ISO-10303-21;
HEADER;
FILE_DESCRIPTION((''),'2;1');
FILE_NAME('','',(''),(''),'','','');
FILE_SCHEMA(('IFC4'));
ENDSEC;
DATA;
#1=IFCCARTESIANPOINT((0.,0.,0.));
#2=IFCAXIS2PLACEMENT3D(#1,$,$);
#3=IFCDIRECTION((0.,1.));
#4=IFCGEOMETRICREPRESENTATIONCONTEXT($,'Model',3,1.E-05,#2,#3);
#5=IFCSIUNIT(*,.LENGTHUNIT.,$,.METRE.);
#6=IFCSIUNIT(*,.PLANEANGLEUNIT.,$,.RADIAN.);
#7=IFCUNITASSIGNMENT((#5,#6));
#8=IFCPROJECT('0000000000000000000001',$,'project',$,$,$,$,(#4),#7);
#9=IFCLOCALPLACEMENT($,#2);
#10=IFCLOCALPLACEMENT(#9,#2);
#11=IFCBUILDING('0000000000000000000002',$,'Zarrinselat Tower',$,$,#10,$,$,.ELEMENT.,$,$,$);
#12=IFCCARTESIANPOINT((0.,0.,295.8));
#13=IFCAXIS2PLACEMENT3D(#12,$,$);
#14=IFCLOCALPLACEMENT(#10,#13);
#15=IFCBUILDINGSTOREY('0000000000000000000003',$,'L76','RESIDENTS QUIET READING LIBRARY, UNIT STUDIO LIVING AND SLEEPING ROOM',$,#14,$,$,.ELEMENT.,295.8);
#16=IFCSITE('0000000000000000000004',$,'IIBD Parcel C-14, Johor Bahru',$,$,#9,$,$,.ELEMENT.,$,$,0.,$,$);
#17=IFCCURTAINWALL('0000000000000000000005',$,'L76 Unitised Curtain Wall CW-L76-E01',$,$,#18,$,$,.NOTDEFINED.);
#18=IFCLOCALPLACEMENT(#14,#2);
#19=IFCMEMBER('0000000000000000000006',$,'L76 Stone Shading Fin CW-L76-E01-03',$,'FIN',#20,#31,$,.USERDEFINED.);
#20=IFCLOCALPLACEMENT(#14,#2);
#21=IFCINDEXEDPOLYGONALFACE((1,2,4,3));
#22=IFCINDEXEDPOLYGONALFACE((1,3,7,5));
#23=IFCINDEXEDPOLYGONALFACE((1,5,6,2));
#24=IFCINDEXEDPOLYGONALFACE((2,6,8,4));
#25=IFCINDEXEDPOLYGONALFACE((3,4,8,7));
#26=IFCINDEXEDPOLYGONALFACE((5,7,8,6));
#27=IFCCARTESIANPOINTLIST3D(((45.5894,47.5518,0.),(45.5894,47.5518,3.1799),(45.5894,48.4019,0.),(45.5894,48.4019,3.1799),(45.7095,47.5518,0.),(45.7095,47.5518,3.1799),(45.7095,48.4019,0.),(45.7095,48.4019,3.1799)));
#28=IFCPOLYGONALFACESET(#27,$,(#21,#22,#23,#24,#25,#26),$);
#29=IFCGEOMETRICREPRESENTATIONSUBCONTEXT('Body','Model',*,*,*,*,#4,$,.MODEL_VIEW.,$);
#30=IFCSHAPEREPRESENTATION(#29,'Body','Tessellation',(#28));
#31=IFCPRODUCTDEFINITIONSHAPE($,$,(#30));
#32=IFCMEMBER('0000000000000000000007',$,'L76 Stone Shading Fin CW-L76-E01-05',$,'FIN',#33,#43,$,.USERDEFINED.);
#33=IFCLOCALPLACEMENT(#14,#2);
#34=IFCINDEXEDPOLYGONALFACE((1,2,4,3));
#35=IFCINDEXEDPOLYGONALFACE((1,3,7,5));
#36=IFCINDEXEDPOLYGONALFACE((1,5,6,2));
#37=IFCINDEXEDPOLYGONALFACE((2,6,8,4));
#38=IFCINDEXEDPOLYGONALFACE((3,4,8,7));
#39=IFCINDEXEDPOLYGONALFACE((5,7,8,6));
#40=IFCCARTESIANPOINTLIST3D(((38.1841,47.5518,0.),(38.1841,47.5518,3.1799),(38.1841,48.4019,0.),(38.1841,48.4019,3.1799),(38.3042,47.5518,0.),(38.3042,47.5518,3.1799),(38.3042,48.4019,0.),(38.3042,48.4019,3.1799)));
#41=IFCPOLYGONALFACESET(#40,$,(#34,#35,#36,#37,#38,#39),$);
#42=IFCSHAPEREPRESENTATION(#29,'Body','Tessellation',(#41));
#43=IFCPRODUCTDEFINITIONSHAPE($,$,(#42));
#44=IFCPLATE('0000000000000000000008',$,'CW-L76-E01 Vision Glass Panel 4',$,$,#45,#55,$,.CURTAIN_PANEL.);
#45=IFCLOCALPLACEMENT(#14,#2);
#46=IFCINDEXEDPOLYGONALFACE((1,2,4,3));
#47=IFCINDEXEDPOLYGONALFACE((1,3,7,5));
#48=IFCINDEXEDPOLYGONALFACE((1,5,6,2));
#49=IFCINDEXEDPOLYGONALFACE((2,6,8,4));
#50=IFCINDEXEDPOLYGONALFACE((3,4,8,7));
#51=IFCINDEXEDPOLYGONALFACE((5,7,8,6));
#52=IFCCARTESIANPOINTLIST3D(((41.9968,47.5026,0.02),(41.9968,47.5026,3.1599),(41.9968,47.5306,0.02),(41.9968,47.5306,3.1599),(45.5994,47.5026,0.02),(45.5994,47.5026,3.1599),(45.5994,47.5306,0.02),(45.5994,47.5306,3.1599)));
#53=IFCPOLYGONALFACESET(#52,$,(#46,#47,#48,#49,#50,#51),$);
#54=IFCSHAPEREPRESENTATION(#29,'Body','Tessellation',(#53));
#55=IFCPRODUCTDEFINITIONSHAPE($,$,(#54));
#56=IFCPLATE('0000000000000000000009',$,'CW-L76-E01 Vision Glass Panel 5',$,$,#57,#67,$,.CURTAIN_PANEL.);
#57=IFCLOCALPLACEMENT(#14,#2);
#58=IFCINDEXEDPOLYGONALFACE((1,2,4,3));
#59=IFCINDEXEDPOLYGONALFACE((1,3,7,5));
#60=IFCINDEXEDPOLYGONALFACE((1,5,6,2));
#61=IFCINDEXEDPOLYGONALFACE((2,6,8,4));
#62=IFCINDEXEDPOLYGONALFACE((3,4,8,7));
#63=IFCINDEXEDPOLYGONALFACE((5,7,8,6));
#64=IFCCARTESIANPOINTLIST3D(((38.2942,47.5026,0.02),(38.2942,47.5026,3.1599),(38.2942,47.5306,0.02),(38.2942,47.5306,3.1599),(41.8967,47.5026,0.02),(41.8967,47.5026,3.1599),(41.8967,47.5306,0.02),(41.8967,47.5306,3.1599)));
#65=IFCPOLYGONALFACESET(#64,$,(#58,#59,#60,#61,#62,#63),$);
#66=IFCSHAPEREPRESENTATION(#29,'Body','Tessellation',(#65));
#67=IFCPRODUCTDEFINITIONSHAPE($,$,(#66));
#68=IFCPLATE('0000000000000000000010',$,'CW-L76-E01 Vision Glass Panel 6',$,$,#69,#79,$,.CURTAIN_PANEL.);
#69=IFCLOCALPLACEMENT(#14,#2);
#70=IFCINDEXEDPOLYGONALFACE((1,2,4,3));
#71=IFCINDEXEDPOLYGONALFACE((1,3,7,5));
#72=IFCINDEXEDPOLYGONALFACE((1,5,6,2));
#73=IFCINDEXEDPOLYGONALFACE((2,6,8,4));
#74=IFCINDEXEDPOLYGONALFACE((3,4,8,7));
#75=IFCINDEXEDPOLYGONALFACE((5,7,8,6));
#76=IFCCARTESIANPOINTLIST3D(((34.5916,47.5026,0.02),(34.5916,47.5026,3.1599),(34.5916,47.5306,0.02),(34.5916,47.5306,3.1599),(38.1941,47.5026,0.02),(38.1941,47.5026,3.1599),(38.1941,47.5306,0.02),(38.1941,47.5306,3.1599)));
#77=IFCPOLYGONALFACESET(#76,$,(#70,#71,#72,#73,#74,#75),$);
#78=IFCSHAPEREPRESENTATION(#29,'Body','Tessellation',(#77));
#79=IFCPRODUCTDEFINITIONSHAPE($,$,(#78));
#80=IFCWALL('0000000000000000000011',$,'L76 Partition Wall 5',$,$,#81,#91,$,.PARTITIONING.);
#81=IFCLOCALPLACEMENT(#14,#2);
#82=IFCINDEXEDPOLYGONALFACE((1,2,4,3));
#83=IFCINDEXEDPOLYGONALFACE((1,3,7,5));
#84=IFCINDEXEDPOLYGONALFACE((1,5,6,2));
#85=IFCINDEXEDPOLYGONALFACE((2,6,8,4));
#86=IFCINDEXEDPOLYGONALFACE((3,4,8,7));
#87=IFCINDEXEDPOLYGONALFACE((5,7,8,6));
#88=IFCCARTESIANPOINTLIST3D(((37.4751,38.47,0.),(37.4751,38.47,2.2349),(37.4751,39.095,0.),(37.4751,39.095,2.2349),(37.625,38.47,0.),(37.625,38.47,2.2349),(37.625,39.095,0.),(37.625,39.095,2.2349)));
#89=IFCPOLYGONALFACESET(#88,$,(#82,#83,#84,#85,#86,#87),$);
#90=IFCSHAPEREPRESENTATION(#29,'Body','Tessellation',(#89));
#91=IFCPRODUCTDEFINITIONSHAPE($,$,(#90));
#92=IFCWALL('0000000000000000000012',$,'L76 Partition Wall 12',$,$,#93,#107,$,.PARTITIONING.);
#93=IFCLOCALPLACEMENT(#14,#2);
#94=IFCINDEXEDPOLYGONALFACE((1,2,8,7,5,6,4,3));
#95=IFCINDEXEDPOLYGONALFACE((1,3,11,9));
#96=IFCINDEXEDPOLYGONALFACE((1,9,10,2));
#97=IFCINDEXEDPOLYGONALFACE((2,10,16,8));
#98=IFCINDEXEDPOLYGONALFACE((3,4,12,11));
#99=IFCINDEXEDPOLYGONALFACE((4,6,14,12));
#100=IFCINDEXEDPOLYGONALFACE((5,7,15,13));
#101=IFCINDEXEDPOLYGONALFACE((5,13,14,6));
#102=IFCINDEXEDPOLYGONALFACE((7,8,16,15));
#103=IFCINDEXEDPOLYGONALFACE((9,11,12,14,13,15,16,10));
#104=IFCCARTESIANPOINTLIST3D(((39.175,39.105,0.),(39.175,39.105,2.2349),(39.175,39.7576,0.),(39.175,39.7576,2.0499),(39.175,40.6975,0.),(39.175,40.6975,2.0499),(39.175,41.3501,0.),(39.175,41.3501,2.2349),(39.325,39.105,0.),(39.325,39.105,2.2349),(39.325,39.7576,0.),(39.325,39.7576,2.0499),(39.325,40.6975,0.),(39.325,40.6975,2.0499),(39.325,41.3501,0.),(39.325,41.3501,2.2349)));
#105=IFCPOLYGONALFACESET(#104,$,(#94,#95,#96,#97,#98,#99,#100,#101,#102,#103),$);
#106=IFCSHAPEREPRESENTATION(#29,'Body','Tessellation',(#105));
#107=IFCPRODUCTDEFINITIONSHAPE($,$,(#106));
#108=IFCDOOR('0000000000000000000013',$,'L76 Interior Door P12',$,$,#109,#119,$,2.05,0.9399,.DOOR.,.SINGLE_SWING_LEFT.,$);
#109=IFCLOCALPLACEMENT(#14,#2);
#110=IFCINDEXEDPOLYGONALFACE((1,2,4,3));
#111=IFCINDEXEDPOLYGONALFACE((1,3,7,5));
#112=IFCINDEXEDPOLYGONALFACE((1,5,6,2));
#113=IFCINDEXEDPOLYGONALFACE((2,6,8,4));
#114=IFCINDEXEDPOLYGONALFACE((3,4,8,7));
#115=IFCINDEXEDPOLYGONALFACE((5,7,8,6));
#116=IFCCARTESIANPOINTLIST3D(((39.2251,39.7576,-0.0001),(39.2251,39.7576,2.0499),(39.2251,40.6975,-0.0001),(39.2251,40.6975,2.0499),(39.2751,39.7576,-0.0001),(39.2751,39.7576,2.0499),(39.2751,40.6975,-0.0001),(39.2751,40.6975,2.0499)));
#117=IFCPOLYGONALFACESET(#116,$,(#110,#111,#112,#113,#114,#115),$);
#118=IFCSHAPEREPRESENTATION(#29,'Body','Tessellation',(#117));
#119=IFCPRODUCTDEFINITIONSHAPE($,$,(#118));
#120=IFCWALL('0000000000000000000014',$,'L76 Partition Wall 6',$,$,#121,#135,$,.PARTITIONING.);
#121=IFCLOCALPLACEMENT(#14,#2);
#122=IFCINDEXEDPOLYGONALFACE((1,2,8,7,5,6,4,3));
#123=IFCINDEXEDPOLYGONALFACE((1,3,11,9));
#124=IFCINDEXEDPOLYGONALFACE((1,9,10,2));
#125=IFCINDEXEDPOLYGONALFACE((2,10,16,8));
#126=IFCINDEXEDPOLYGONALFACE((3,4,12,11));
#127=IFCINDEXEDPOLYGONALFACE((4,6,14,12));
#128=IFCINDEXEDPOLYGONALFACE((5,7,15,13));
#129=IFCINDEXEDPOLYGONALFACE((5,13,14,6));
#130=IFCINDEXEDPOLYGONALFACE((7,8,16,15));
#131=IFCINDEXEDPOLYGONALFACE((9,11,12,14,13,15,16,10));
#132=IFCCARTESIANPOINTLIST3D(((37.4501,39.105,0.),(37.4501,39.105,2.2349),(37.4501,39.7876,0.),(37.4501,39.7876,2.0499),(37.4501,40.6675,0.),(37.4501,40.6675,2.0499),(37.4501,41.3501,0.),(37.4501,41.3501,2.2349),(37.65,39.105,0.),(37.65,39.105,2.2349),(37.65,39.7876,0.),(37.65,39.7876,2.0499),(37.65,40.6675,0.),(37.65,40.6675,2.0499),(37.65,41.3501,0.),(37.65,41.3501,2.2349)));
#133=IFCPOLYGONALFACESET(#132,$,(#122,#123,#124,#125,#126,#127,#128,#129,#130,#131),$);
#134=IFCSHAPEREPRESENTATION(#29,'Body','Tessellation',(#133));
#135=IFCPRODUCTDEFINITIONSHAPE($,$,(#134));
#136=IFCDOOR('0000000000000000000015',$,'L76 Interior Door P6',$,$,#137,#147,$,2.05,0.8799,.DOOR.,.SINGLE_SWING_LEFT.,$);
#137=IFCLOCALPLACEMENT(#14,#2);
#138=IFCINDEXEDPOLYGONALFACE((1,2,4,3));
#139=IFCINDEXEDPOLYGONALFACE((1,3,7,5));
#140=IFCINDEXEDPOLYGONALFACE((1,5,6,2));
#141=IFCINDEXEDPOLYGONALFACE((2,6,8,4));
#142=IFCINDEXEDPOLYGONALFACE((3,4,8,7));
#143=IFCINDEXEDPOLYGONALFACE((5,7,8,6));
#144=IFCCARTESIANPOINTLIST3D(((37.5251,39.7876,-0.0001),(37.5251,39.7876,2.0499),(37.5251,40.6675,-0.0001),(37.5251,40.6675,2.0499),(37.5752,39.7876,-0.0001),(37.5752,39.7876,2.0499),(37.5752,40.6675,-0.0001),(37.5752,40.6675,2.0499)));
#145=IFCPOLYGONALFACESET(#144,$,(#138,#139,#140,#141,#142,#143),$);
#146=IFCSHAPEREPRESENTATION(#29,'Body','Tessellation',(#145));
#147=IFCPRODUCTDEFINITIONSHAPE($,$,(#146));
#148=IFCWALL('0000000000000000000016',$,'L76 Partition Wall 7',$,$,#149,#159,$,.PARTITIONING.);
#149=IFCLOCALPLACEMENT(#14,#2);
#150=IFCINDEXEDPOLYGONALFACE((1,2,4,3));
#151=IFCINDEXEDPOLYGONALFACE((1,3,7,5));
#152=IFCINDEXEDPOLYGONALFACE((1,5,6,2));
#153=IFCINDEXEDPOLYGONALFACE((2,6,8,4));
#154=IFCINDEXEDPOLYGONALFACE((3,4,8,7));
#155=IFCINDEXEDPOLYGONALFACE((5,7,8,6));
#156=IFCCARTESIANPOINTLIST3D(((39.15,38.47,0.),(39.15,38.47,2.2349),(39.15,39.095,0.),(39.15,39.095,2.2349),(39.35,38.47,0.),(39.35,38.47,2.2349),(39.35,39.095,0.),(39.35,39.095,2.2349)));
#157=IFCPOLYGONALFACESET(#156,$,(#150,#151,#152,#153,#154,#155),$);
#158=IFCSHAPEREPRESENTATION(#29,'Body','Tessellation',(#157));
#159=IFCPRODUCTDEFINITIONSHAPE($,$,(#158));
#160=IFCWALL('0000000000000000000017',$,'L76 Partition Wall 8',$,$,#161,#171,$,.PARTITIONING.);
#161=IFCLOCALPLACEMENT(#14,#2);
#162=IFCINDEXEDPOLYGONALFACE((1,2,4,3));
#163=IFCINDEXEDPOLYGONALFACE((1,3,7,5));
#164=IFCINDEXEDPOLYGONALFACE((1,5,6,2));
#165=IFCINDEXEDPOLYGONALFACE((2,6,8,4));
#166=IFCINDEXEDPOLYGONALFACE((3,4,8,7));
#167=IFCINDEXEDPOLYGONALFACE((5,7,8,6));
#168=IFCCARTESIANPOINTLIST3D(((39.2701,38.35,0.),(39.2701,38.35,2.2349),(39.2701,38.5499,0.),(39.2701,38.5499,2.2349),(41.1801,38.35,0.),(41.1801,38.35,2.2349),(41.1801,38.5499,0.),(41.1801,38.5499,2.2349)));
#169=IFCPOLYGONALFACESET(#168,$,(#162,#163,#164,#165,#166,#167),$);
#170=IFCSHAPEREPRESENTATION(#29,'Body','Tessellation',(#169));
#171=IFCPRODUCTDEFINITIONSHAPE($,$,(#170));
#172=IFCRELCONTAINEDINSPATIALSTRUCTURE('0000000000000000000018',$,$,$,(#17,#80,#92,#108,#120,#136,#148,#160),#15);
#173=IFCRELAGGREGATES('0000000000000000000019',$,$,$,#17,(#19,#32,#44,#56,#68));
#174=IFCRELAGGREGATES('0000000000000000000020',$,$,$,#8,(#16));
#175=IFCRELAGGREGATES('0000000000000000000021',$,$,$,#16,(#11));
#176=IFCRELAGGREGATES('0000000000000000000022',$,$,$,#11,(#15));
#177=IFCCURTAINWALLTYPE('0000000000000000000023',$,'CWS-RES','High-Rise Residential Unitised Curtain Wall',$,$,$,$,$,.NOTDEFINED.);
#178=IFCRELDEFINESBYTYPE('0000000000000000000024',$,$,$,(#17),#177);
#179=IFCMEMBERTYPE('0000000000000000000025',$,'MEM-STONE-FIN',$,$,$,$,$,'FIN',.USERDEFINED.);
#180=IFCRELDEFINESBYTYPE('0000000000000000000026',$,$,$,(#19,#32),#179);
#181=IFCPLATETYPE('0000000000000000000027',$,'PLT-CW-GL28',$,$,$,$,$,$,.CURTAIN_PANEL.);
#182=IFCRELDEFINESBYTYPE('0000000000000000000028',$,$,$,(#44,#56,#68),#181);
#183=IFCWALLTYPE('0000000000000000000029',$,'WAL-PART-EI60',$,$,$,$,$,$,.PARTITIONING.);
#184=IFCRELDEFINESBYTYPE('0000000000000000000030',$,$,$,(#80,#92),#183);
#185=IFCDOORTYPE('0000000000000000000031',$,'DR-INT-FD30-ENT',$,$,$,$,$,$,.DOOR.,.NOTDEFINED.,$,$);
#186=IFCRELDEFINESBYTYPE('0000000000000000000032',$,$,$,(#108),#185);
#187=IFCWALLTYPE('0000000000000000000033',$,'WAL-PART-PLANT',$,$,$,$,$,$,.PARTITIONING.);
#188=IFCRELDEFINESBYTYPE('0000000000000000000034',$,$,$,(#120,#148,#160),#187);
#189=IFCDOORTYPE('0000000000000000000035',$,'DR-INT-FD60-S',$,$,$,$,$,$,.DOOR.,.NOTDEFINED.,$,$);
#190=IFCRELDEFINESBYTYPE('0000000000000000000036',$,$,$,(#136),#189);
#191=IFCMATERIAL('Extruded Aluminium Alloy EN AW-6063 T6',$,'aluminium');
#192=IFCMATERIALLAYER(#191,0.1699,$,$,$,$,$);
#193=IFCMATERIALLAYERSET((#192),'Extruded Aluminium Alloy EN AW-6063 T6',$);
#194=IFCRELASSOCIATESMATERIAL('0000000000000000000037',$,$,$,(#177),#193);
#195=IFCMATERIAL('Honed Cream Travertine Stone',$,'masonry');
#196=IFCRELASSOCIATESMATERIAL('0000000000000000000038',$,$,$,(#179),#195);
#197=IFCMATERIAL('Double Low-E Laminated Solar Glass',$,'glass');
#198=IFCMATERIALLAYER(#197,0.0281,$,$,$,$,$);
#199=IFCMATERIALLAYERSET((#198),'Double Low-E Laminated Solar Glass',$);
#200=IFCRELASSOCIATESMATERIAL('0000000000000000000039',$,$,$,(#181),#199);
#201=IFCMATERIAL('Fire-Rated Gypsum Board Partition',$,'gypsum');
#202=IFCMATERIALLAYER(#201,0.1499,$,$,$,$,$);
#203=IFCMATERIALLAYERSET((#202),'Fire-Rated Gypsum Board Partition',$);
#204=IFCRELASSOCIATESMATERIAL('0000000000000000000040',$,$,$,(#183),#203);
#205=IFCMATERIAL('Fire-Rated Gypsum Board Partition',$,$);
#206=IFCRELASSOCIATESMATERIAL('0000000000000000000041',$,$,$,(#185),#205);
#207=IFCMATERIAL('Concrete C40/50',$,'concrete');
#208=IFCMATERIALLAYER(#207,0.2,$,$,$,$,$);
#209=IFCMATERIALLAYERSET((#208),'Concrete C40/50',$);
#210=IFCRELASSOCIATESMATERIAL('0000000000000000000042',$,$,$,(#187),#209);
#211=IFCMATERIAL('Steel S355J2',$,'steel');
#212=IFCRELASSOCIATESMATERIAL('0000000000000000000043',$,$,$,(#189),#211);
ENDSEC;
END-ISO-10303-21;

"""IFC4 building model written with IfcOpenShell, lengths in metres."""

from ifc_helpers import new_model, si_unit, direction, frame, frame_2d, origin, origin_2d, place, context, subcontext, project, spatial, rectangle, extrude, material, layer, layer_set, material_profile, profile_set, type_object, element, fill, aggregate, save


model = new_model("IFC4")

# Units and contexts
model_context = context("Model", 3, precision=1e-05, world=origin(), true_north=direction((0.0, 1.0)))
body_context = subcontext(model_context, "Body", "Model", "MODEL_VIEW")
ifc_project = project(units=[si_unit("LENGTHUNIT", "METRE"), si_unit("PLANEANGLEUNIT", "RADIAN")], contexts=[model_context])

# Site, building, storey
site_placement = place(None, origin())
site = spatial("IfcSite", under=ifc_project, at=site_placement, Name="IIBD Parcel C-14, Johor Bahru", CompositionType="ELEMENT", RefElevation=0.0)
building_placement = place(site_placement, origin())
building = spatial("IfcBuilding", under=site, at=building_placement, Name="Zarrinselat Tower", CompositionType="ELEMENT")
storey_placement = place(building_placement, frame((0.0, 0.0, 295.8)))
storey = spatial("IfcBuildingStorey", under=building, at=storey_placement, Name="L76", Description="RESIDENTS QUIET READING LIBRARY, UNIT STUDIO LIVING AND SLEEPING ROOM", CompositionType="ELEMENT", Elevation=295.8)

# Curtain wall, members, plates
ifc_material_1 = material(Name="Extruded Aluminium Alloy EN AW-6063 T6", Category="aluminium")
ifc_layer_1 = layer(ifc_material_1, 0.1699)
ifc_layer_set_1 = layer_set([ifc_layer_1], Name="Extruded Aluminium Alloy EN AW-6063 T6")
curtain_wall_type = type_object("IfcCurtainWallType", Name="CWS-RES", Description="High-Rise Residential Unitised Curtain Wall", PredefinedType="NOTDEFINED", material=ifc_layer_set_1)
curtain_wall_placement = place(storey_placement, origin())
curtain_wall = element("IfcCurtainWall", 1, at=curtain_wall_placement, inside=storey, type_object=curtain_wall_type, Name="L76 Unitised Curtain Wall CW-L76-E01", PredefinedType="NOTDEFINED")
ifc_material_2 = material(Name="Honed Cream Travertine Stone", Category="masonry")
ifc_material_profile_1 = material_profile(ifc_material_2, rectangle(XDim=0.1201, YDim=0.8501, at=origin_2d()), Name="FIN 850x120")
ifc_profile_set_1 = profile_set([ifc_material_profile_1], Name="Honed Cream Travertine Stone")
member_type_1 = type_object("IfcMemberType", Name="MEM-STONE-FIN", ElementType="FIN", PredefinedType="USERDEFINED", material=ifc_profile_set_1)
member_1_placement = place(storey_placement, frame((45.6494, 47.9768, 0.0), z_axis=(0.0, 0.0, 1.0), x_axis=(1.0, 0.0, 0.0)))
member_1 = element("IfcMember", 2, at=member_1_placement, type_object=member_type_1, Name="L76 Stone Shading Fin CW-L76-E01-03", ObjectType="FIN", PredefinedType="USERDEFINED", context=body_context, shape_type="SweptSolid", body=[
    extrude(rectangle(XDim=0.1201, YDim=0.8501, at=origin_2d()), origin(), (0.0, 0.0, 1.0), 3.1799),
])
member_2_placement = place(storey_placement, frame((38.2441, 47.9768, 0.0), z_axis=(0.0, 0.0, 1.0), x_axis=(1.0, 0.0, 0.0)))
member_2 = element("IfcMember", 3, at=member_2_placement, type_object=member_type_1, Name="L76 Stone Shading Fin CW-L76-E01-05", ObjectType="FIN", PredefinedType="USERDEFINED", context=body_context, shape_type="SweptSolid", body=[
    extrude(rectangle(XDim=0.1201, YDim=0.8501, at=origin_2d()), origin(), (0.0, 0.0, 1.0), 3.1799),
])
ifc_material_3 = material(Name="Double Low-E Laminated Solar Glass", Category="glass")
ifc_layer_2 = layer(ifc_material_3, 0.0281)
ifc_layer_set_2 = layer_set([ifc_layer_2], Name="Double Low-E Laminated Solar Glass")
plate_type = type_object("IfcPlateType", Name="PLT-CW-GL28", PredefinedType="CURTAIN_PANEL", material=ifc_layer_set_2)
plate_1_placement = place(storey_placement, frame((43.7981, 47.5166, 0.02), z_axis=(0.0, 0.0, 1.0), x_axis=(-1.0, 0.0, 0.0)))
plate_1 = element("IfcPlate", 4, at=plate_1_placement, type_object=plate_type, Name="CW-L76-E01 Vision Glass Panel 4", PredefinedType="CURTAIN_PANEL", context=body_context, shape_type="SweptSolid", body=[
    extrude(rectangle(XDim=3.6025, YDim=0.0281, at=origin_2d()), origin(), (0.0, 0.0, 1.0), 3.1399),
])
plate_2_placement = place(storey_placement, frame((40.0955, 47.5166, 0.02), z_axis=(0.0, 0.0, 1.0), x_axis=(-1.0, 0.0, 0.0)))
plate_2 = element("IfcPlate", 5, at=plate_2_placement, type_object=plate_type, Name="CW-L76-E01 Vision Glass Panel 5", PredefinedType="CURTAIN_PANEL", context=body_context, shape_type="SweptSolid", body=[
    extrude(rectangle(XDim=3.6025, YDim=0.0281, at=origin_2d()), origin(), (0.0, 0.0, 1.0), 3.1399),
])
plate_3_placement = place(storey_placement, frame((36.3928, 47.5166, 0.02), z_axis=(0.0, 0.0, 1.0), x_axis=(-1.0, 0.0, 0.0)))
plate_3 = element("IfcPlate", 6, at=plate_3_placement, type_object=plate_type, Name="CW-L76-E01 Vision Glass Panel 6", PredefinedType="CURTAIN_PANEL", context=body_context, shape_type="SweptSolid", body=[
    extrude(rectangle(XDim=3.6025, YDim=0.0281, at=origin_2d()), origin(), (0.0, 0.0, 1.0), 3.1399),
])
aggregate(curtain_wall, [member_1, member_2, plate_1, plate_2, plate_3])

# Wall
ifc_material_4 = material(Name="Fire-Rated Gypsum Board Partition", Category="gypsum")
ifc_layer_3 = layer(ifc_material_4, 0.1499)
ifc_layer_set_3 = layer_set([ifc_layer_3], Name="Fire-Rated Gypsum Board Partition")
wall_type_1 = type_object("IfcWallType", Name="WAL-PART-EI60", PredefinedType="PARTITIONING", material=ifc_layer_set_3)
wall_1_placement = place(storey_placement, frame((37.55, 38.47, 0.0), z_axis=(0.0, 0.0, 1.0), x_axis=(0.0, 1.0, 0.0)))
element("IfcWall", 7, at=wall_1_placement, inside=storey, type_object=wall_type_1, Name="L76 Partition Wall 5", PredefinedType="PARTITIONING", context=body_context, shape_type="SweptSolid", body=[
    extrude(rectangle(XDim=0.625, YDim=0.1499, at=frame_2d((0.3125, 0.0))), origin(), (0.0, 0.0, 1.0), 2.2349),
])

# Walls, openings, doors
wall_2_placement = place(storey_placement, frame((39.25, 39.105, 0.0), z_axis=(0.0, 0.0, 1.0), x_axis=(0.0, 1.0, 0.0)))
wall_2 = element("IfcWall", 8, at=wall_2_placement, inside=storey, type_object=wall_type_1, Name="L76 Partition Wall 12", PredefinedType="PARTITIONING", context=body_context, shape_type="SweptSolid", body=[
    extrude(rectangle(XDim=2.2451, YDim=0.1499, at=frame_2d((1.1226, 0.0))), origin(), (0.0, 0.0, 1.0), 2.2349),
])
opening_1_placement = place(wall_2_placement, frame((0.6526, 0.0, 0.0)))
opening_1 = element("IfcOpeningElement", 9, at=opening_1_placement, cuts=wall_2, PredefinedType="OPENING", context=body_context, shape_type="SweptSolid", body=[
    extrude(rectangle(XDim=0.9399, YDim=2.05, at=frame_2d((0.47, 1.0249))), frame((0.0, 0.085, 0.0), z_axis=(0.0, -1.0, 0.0), x_axis=(1.0, 0.0, 0.0)), (0.0, 0.0, 1.0), 0.1699),
])
ifc_material_5 = material(Name="Fire-Rated Gypsum Board Partition")
door_type_1 = type_object("IfcDoorType", Name="DR-INT-FD30-ENT", OperationType="NOTDEFINED", PredefinedType="DOOR", material=ifc_material_5)
door_1_placement = place(opening_1_placement, origin())
door_1 = element("IfcDoor", 10, at=door_1_placement, inside=storey, type_object=door_type_1, Name="L76 Interior Door P12", OperationType="SINGLE_SWING_LEFT", OverallHeight=2.05, OverallWidth=0.9399, PredefinedType="DOOR", context=body_context, shape_type="SweptSolid", body=[
    extrude(rectangle(XDim=0.9399, YDim=2.05, at=frame_2d((0.47, 1.0249))), frame((0.0, 0.0249, 0.0), z_axis=(0.0, -1.0, 0.0), x_axis=(1.0, 0.0, 0.0)), (0.0, 0.0, 1.0), 0.05),
])
fill(opening_1, door_1)
ifc_material_6 = material(Name="Concrete C40/50", Category="concrete")
ifc_layer_4 = layer(ifc_material_6, 0.2)
ifc_layer_set_4 = layer_set([ifc_layer_4], Name="Concrete C40/50")
wall_type_2 = type_object("IfcWallType", Name="WAL-PART-PLANT", PredefinedType="PARTITIONING", material=ifc_layer_set_4)
wall_3_placement = place(storey_placement, frame((37.55, 39.105, 0.0), z_axis=(0.0, 0.0, 1.0), x_axis=(0.0, 1.0, 0.0)))
wall_3 = element("IfcWall", 11, at=wall_3_placement, inside=storey, type_object=wall_type_2, Name="L76 Partition Wall 6", PredefinedType="PARTITIONING", context=body_context, shape_type="SweptSolid", body=[
    extrude(rectangle(XDim=2.2451, YDim=0.2, at=frame_2d((1.1226, 0.0))), origin(), (0.0, 0.0, 1.0), 2.2349),
])
opening_2_placement = place(wall_3_placement, frame((0.6826, 0.0, 0.0)))
opening_2 = element("IfcOpeningElement", 12, at=opening_2_placement, cuts=wall_3, PredefinedType="OPENING", context=body_context, shape_type="SweptSolid", body=[
    extrude(rectangle(XDim=0.8799, YDim=2.05, at=frame_2d((0.4399, 1.0249))), frame((0.0, 0.1099, 0.0), z_axis=(0.0, -1.0, 0.0), x_axis=(1.0, 0.0, 0.0)), (0.0, 0.0, 1.0), 0.22),
])
ifc_material_7 = material(Name="Steel S355J2", Category="steel")
door_type_2 = type_object("IfcDoorType", Name="DR-INT-FD60-S", OperationType="NOTDEFINED", PredefinedType="DOOR", material=ifc_material_7)
door_2_placement = place(opening_2_placement, origin())
door_2 = element("IfcDoor", 13, at=door_2_placement, inside=storey, type_object=door_type_2, Name="L76 Interior Door P6", OperationType="SINGLE_SWING_LEFT", OverallHeight=2.05, OverallWidth=0.8799, PredefinedType="DOOR", context=body_context, shape_type="SweptSolid", body=[
    extrude(rectangle(XDim=0.8799, YDim=2.05, at=frame_2d((0.4399, 1.0249))), frame((0.0, 0.0249, 0.0), z_axis=(0.0, -1.0, 0.0), x_axis=(1.0, 0.0, 0.0)), (0.0, 0.0, 1.0), 0.05),
])
fill(opening_2, door_2)

# Walls
wall_4_placement = place(storey_placement, frame((39.25, 38.47, 0.0), z_axis=(0.0, 0.0, 1.0), x_axis=(0.0, 1.0, 0.0)))
element("IfcWall", 14, at=wall_4_placement, inside=storey, type_object=wall_type_2, Name="L76 Partition Wall 7", PredefinedType="PARTITIONING", context=body_context, shape_type="SweptSolid", body=[
    extrude(rectangle(XDim=0.625, YDim=0.2, at=frame_2d((0.3125, 0.0))), origin(), (0.0, 0.0, 1.0), 2.2349),
])
wall_5_placement = place(storey_placement, frame((39.27, 38.45, 0.0), z_axis=(0.0, 0.0, 1.0), x_axis=(1.0, 0.0, 0.0)))
element("IfcWall", 15, at=wall_5_placement, inside=storey, type_object=wall_type_2, Name="L76 Partition Wall 8", PredefinedType="PARTITIONING", context=body_context, shape_type="SweptSolid", body=[
    extrude(rectangle(XDim=1.9099, YDim=0.2, at=frame_2d((0.9551, 0.0))), origin(), (0.0, 0.0, 1.0), 2.2349),
])

save(model, "model.ifc")
